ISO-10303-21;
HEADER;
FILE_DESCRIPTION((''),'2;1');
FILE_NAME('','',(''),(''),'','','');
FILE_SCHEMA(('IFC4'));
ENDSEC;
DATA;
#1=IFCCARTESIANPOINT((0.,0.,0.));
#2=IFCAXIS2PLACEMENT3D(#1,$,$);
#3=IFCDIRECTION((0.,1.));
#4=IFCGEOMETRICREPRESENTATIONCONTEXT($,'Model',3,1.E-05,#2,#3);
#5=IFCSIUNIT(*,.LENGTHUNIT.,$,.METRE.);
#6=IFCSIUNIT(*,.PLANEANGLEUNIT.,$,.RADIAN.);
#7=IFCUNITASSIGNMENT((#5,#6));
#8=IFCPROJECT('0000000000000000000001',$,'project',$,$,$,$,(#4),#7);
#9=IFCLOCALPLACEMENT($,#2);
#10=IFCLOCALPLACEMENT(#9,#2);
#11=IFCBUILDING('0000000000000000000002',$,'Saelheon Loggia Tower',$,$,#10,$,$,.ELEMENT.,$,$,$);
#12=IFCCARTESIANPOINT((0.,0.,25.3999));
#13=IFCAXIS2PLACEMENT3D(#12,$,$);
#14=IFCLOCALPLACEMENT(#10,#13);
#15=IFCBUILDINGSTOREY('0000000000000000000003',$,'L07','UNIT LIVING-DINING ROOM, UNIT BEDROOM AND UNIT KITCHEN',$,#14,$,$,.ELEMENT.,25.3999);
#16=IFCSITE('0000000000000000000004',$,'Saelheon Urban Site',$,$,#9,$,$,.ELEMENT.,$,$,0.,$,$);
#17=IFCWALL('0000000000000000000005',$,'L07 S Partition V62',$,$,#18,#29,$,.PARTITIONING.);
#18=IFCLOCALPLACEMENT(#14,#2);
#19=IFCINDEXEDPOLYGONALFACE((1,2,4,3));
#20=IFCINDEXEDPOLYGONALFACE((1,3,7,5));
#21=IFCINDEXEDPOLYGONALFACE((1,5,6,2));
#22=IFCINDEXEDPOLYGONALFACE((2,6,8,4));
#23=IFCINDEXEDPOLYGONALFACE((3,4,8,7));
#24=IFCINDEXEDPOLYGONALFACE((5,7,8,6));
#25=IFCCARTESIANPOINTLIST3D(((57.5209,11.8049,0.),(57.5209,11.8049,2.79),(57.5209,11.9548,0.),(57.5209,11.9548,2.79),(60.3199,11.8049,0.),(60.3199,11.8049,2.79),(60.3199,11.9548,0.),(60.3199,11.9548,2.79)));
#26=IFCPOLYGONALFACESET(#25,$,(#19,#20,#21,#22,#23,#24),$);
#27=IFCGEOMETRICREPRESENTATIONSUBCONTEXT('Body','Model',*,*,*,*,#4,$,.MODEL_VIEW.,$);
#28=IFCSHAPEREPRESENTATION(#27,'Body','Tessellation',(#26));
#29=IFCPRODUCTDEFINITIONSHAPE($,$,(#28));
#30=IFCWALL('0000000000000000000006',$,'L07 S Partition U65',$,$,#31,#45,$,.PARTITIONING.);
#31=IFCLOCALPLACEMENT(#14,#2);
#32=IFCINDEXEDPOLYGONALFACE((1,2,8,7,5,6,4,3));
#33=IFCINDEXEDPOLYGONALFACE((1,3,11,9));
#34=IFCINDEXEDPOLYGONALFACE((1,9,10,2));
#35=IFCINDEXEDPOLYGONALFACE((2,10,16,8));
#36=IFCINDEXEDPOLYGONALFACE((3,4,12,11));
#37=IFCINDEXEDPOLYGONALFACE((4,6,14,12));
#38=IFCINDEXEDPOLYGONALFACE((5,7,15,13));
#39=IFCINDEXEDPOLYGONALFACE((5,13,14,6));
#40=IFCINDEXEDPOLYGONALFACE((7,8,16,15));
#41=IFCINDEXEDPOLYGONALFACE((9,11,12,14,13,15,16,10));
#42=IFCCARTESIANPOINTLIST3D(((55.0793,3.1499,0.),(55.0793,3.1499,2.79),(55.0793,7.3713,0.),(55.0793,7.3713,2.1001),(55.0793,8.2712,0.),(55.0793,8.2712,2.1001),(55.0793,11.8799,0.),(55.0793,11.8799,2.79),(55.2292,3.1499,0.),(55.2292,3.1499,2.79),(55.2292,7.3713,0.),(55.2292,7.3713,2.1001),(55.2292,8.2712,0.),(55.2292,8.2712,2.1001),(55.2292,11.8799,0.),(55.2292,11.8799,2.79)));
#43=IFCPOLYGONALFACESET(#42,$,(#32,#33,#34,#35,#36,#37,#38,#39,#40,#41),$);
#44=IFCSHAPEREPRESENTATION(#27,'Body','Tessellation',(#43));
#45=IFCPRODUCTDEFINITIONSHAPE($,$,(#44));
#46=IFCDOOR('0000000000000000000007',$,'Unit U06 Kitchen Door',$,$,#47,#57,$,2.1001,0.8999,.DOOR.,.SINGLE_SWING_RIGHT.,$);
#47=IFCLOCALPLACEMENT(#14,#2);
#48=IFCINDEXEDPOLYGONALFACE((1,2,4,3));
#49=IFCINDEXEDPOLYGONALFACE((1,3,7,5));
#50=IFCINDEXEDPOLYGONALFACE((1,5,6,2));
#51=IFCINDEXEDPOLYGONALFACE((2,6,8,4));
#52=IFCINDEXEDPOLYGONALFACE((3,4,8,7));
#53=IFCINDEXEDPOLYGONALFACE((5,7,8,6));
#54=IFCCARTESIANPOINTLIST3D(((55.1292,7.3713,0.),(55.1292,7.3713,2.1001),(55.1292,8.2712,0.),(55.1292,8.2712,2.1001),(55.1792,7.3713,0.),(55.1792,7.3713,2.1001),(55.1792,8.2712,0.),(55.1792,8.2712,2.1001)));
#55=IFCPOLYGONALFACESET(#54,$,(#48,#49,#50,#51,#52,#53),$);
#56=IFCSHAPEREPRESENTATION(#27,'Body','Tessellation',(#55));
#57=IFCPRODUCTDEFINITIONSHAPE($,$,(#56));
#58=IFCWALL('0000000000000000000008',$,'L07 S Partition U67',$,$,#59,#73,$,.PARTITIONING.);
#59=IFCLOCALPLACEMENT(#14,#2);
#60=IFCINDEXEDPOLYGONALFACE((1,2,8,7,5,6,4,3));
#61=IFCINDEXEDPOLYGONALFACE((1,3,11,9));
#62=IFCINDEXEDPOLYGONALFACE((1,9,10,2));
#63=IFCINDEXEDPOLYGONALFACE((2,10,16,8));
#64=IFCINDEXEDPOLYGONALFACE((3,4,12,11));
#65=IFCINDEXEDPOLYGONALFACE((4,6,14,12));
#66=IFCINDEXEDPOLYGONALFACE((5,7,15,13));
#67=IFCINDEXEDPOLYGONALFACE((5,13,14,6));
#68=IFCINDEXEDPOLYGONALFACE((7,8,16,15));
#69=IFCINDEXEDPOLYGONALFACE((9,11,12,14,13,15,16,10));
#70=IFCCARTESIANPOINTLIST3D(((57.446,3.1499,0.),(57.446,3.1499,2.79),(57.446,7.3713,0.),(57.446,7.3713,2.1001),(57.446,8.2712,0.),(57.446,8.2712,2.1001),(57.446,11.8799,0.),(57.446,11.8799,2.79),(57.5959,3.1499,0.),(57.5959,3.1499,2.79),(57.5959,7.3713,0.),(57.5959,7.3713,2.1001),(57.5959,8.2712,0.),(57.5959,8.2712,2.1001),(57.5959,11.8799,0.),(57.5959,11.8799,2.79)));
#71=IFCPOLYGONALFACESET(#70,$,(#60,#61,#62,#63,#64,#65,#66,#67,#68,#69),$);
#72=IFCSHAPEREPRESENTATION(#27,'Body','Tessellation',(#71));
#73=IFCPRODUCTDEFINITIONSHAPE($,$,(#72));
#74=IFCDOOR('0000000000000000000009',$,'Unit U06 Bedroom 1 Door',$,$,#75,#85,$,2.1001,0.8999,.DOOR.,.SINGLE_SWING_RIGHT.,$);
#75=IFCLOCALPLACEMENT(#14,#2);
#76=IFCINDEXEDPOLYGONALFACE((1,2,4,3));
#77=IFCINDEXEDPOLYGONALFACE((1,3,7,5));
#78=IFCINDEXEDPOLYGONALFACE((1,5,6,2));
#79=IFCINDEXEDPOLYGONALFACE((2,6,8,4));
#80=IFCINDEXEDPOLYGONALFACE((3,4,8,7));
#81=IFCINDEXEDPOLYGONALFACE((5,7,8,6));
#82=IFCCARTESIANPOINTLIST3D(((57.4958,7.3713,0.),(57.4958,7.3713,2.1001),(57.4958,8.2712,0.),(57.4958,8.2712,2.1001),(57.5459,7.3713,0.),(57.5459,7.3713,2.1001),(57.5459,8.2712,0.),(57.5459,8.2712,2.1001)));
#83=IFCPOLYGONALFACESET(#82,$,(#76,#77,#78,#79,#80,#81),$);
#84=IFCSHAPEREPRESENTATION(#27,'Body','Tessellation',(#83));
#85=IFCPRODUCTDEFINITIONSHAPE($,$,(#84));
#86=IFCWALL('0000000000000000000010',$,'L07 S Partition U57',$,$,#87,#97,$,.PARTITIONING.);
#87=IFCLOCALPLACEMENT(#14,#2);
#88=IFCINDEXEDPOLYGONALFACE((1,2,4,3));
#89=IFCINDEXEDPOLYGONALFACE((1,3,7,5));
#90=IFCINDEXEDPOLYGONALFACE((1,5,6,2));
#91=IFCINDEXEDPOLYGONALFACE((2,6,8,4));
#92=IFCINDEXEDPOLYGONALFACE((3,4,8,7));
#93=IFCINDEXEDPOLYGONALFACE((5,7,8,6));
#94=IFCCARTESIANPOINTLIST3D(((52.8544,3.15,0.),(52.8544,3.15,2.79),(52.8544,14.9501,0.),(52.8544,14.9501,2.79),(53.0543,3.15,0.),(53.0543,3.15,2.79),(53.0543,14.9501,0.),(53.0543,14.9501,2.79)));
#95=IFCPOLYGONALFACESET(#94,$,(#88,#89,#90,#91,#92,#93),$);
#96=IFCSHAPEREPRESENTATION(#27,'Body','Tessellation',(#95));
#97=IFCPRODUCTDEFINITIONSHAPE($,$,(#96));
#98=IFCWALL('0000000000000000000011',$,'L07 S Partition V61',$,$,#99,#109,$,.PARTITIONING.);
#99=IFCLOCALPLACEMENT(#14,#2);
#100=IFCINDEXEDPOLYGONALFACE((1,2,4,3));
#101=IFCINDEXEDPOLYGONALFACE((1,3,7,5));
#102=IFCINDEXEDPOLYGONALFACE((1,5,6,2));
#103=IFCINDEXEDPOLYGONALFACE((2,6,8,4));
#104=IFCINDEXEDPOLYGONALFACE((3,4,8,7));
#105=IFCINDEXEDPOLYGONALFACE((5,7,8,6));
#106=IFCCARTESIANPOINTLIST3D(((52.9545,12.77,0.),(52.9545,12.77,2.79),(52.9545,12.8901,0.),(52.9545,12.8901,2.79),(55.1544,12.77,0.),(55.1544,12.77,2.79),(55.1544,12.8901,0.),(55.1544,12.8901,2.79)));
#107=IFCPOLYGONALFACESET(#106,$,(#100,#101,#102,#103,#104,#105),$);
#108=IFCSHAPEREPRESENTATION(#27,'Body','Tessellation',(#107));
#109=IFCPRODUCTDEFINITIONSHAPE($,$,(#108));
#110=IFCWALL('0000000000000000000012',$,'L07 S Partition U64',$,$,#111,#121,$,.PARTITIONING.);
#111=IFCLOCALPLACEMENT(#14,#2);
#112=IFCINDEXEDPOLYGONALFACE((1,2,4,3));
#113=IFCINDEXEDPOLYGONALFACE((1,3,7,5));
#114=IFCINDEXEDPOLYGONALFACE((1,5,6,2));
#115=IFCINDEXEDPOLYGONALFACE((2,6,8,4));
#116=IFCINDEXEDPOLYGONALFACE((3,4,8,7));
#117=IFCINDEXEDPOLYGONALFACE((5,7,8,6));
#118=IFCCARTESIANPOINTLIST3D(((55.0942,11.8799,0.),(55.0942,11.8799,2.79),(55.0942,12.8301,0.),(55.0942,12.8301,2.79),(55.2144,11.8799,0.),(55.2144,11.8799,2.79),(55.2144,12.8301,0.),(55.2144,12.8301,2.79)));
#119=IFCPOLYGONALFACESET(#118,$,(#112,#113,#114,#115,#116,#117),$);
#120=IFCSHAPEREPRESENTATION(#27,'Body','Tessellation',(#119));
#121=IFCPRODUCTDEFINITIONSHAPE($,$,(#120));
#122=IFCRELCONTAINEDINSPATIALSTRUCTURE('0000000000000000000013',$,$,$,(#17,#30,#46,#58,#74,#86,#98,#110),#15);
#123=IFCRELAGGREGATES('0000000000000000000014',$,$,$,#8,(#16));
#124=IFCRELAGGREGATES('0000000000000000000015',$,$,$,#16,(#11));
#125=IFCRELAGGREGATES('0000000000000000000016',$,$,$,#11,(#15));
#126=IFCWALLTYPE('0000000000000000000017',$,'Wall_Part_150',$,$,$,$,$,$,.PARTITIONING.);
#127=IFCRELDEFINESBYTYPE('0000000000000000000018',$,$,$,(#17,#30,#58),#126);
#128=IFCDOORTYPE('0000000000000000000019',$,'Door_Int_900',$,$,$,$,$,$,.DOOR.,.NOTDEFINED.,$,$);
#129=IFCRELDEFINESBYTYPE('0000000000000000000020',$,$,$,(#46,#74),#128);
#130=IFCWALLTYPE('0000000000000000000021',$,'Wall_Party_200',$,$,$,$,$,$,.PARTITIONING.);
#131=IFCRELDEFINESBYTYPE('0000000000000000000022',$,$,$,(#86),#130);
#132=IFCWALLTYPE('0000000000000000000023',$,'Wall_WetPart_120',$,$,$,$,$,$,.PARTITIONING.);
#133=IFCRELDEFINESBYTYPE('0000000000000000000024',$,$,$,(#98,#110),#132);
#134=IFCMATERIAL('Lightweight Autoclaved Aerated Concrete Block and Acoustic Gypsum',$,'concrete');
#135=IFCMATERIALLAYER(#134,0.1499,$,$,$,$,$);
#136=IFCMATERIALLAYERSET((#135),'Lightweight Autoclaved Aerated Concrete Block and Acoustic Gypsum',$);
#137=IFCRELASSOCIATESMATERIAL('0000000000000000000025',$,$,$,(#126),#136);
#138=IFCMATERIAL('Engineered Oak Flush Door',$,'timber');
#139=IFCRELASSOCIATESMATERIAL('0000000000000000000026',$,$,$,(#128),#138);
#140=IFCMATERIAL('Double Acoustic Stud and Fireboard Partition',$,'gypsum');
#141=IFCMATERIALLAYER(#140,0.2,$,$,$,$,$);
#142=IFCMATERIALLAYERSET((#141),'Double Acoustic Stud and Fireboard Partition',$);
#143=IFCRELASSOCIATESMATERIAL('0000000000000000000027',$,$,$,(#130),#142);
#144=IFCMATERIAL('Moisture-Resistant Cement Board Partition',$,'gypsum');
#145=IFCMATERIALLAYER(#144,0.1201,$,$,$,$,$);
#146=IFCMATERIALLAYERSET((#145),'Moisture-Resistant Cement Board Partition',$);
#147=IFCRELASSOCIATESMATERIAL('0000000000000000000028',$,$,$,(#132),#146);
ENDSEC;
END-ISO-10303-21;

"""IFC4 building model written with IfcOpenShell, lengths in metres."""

from ifc_helpers import new_model, si_unit, direction, frame, frame_2d, origin, place, context, subcontext, project, spatial, rectangle, extrude, source, transform, mapped, material, layer, layer_set, type_object, element, fill, save


model = new_model("IFC4")

# Units and contexts
model_context = context("Model", 3, precision=1e-05, world=origin(), true_north=direction((0.0, 1.0)))
body_context = subcontext(model_context, "Body", "Model", "MODEL_VIEW")
ifc_project = project(units=[si_unit("LENGTHUNIT", "METRE"), si_unit("PLANEANGLEUNIT", "RADIAN")], contexts=[model_context])

# Site, building, storey
site_placement = place(None, origin())
site = spatial("IfcSite", under=ifc_project, at=site_placement, Name="Saelheon Urban Site", CompositionType="ELEMENT", RefElevation=0.0)
building_placement = place(site_placement, origin())
building = spatial("IfcBuilding", under=site, at=building_placement, Name="Saelheon Loggia Tower", CompositionType="ELEMENT")
storey_placement = place(building_placement, frame((0.0, 0.0, 25.3999)))
storey = spatial("IfcBuildingStorey", under=building, at=storey_placement, Name="L07", Description="UNIT LIVING-DINING ROOM, UNIT BEDROOM AND UNIT KITCHEN", CompositionType="ELEMENT", Elevation=25.3999)

# Wall
ifc_material_1 = material(Name="Lightweight Autoclaved Aerated Concrete Block and Acoustic Gypsum", Category="concrete")
ifc_layer_1 = layer(ifc_material_1, 0.1499)
ifc_layer_set_1 = layer_set([ifc_layer_1], Name="Lightweight Autoclaved Aerated Concrete Block and Acoustic Gypsum")
wall_type_1 = type_object("IfcWallType", Name="Wall_Part_150", PredefinedType="PARTITIONING", material=ifc_layer_set_1)
wall_1_placement = place(storey_placement, frame((57.521, 11.8799, 0.0), z_axis=(0.0, 0.0, 1.0), x_axis=(1.0, 0.0, 0.0)))
element("IfcWall", 1, at=wall_1_placement, inside=storey, type_object=wall_type_1, Name="L07 S Partition V62", PredefinedType="PARTITIONING", context=body_context, shape_type="SweptSolid", body=[
    extrude(rectangle(XDim=2.7991, YDim=0.1499, at=frame_2d((1.3994, 0.0))), origin(), (0.0, 0.0, 1.0), 2.79),
])

# Walls, openings, doors
wall_2_placement = place(storey_placement, frame((55.1543, 11.8799, 0.0), z_axis=(0.0, 0.0, 1.0), x_axis=(0.0, -1.0, 0.0)))
wall_2 = element("IfcWall", 2, at=wall_2_placement, inside=storey, type_object=wall_type_1, Name="L07 S Partition U65", PredefinedType="PARTITIONING", context=body_context, shape_type="SweptSolid", body=[
    extrude(rectangle(XDim=8.73, YDim=0.1499, at=frame_2d((4.365, 0.0))), origin(), (0.0, 0.0, 1.0), 2.79),
])
opening_1_placement = place(wall_2_placement, frame((3.6086, 0.0, 0.0)))
opening_1 = element("IfcOpeningElement", 3, at=opening_1_placement, cuts=wall_2, PredefinedType="OPENING", context=body_context, shape_type="SweptSolid", body=[
    extrude(rectangle(XDim=0.8999, YDim=2.1001, at=frame_2d((0.45, 1.05))), frame((0.0, 0.0869, 0.0), z_axis=(0.0, -1.0, 0.0), x_axis=(1.0, 0.0, 0.0)), (0.0, 0.0, 1.0), 0.1738),
])
ifc_material_2 = material(Name="Engineered Oak Flush Door", Category="timber")
door_type_1 = type_object("IfcDoorType", Name="Door_Int_900", OperationType="NOTDEFINED", PredefinedType="DOOR", material=ifc_material_2)
shared_shape_1 = source(origin(), body_context, "Body", "SweptSolid", [
    extrude(rectangle(XDim=0.8999, YDim=2.1001, at=frame_2d((0.45, 1.05))), frame((0.0, 0.0249, 0.0), z_axis=(0.0, -1.0, 0.0), x_axis=(1.0, 0.0, 0.0)), (0.0, 0.0, 1.0), 0.05),
])
door_1_placement = place(opening_1_placement, origin())
door_1 = element("IfcDoor", 4, at=door_1_placement, inside=storey, type_object=door_type_1, Name="Unit U06 Kitchen Door", OperationType="SINGLE_SWING_RIGHT", OverallHeight=2.1001, OverallWidth=0.8999, PredefinedType="DOOR", context=body_context, shape_type="MappedRepresentation", body=[
    mapped(shared_shape_1, transform((0.0, 0.0, 0.0), scale=1.0)),
])
fill(opening_1, door_1)
wall_3_placement = place(storey_placement, frame((57.521, 11.8799, 0.0), z_axis=(0.0, 0.0, 1.0), x_axis=(0.0, -1.0, 0.0)))
wall_3 = element("IfcWall", 5, at=wall_3_placement, inside=storey, type_object=wall_type_1, Name="L07 S Partition U67", PredefinedType="PARTITIONING", context=body_context, shape_type="SweptSolid", body=[
    extrude(rectangle(XDim=8.73, YDim=0.1499, at=frame_2d((4.365, 0.0))), origin(), (0.0, 0.0, 1.0), 2.79),
])
opening_2_placement = place(wall_3_placement, frame((3.6086, 0.0, 0.0)))
opening_2 = element("IfcOpeningElement", 6, at=opening_2_placement, cuts=wall_3, PredefinedType="OPENING", context=body_context, shape_type="SweptSolid", body=[
    extrude(rectangle(XDim=0.8999, YDim=2.1001, at=frame_2d((0.45, 1.05))), frame((0.0, 0.0869, 0.0), z_axis=(0.0, -1.0, 0.0), x_axis=(1.0, 0.0, 0.0)), (0.0, 0.0, 1.0), 0.1738),
])
door_2_placement = place(opening_2_placement, origin())
door_2 = element("IfcDoor", 7, at=door_2_placement, inside=storey, type_object=door_type_1, Name="Unit U06 Bedroom 1 Door", OperationType="SINGLE_SWING_RIGHT", OverallHeight=2.1001, OverallWidth=0.8999, PredefinedType="DOOR", context=body_context, shape_type="MappedRepresentation", body=[
    mapped(shared_shape_1, transform((0.0, 0.0, 0.0), scale=1.0)),
])
fill(opening_2, door_2)

# Walls
ifc_material_3 = material(Name="Double Acoustic Stud and Fireboard Partition", Category="gypsum")
ifc_layer_2 = layer(ifc_material_3, 0.2)
ifc_layer_set_2 = layer_set([ifc_layer_2], Name="Double Acoustic Stud and Fireboard Partition")
wall_type_2 = type_object("IfcWallType", Name="Wall_Party_200", PredefinedType="PARTITIONING", material=ifc_layer_set_2)
wall_4_placement = place(storey_placement, frame((52.9543, 14.95, 0.0), z_axis=(0.0, 0.0, 1.0), x_axis=(0.0, -1.0, 0.0)))
element("IfcWall", 8, at=wall_4_placement, inside=storey, type_object=wall_type_2, Name="L07 S Partition U57", PredefinedType="PARTITIONING", context=body_context, shape_type="SweptSolid", body=[
    extrude(rectangle(XDim=11.8, YDim=0.2, at=frame_2d((5.8999, 0.0))), origin(), (0.0, 0.0, 1.0), 2.79),
])
ifc_material_4 = material(Name="Moisture-Resistant Cement Board Partition", Category="gypsum")
ifc_layer_3 = layer(ifc_material_4, 0.1201)
ifc_layer_set_3 = layer_set([ifc_layer_3], Name="Moisture-Resistant Cement Board Partition")
wall_type_3 = type_object("IfcWallType", Name="Wall_WetPart_120", PredefinedType="PARTITIONING", material=ifc_layer_set_3)
wall_5_placement = place(storey_placement, frame((52.9543, 12.8301, 0.0), z_axis=(0.0, 0.0, 1.0), x_axis=(1.0, 0.0, 0.0)))
element("IfcWall", 9, at=wall_5_placement, inside=storey, type_object=wall_type_3, Name="L07 S Partition V61", PredefinedType="PARTITIONING", context=body_context, shape_type="SweptSolid", body=[
    extrude(rectangle(XDim=2.2, YDim=0.1201, at=frame_2d((1.1001, 0.0))), origin(), (0.0, 0.0, 1.0), 2.79),
])
wall_6_placement = place(storey_placement, frame((55.1543, 12.8301, 0.0), z_axis=(0.0, 0.0, 1.0), x_axis=(0.0, -1.0, 0.0)))
element("IfcWall", 10, at=wall_6_placement, inside=storey, type_object=wall_type_3, Name="L07 S Partition U64", PredefinedType="PARTITIONING", context=body_context, shape_type="SweptSolid", body=[
    extrude(rectangle(XDim=0.9502, YDim=0.1201, at=frame_2d((0.4751, 0.0))), origin(), (0.0, 0.0, 1.0), 2.79),
])

save(model, "model.ifc")
